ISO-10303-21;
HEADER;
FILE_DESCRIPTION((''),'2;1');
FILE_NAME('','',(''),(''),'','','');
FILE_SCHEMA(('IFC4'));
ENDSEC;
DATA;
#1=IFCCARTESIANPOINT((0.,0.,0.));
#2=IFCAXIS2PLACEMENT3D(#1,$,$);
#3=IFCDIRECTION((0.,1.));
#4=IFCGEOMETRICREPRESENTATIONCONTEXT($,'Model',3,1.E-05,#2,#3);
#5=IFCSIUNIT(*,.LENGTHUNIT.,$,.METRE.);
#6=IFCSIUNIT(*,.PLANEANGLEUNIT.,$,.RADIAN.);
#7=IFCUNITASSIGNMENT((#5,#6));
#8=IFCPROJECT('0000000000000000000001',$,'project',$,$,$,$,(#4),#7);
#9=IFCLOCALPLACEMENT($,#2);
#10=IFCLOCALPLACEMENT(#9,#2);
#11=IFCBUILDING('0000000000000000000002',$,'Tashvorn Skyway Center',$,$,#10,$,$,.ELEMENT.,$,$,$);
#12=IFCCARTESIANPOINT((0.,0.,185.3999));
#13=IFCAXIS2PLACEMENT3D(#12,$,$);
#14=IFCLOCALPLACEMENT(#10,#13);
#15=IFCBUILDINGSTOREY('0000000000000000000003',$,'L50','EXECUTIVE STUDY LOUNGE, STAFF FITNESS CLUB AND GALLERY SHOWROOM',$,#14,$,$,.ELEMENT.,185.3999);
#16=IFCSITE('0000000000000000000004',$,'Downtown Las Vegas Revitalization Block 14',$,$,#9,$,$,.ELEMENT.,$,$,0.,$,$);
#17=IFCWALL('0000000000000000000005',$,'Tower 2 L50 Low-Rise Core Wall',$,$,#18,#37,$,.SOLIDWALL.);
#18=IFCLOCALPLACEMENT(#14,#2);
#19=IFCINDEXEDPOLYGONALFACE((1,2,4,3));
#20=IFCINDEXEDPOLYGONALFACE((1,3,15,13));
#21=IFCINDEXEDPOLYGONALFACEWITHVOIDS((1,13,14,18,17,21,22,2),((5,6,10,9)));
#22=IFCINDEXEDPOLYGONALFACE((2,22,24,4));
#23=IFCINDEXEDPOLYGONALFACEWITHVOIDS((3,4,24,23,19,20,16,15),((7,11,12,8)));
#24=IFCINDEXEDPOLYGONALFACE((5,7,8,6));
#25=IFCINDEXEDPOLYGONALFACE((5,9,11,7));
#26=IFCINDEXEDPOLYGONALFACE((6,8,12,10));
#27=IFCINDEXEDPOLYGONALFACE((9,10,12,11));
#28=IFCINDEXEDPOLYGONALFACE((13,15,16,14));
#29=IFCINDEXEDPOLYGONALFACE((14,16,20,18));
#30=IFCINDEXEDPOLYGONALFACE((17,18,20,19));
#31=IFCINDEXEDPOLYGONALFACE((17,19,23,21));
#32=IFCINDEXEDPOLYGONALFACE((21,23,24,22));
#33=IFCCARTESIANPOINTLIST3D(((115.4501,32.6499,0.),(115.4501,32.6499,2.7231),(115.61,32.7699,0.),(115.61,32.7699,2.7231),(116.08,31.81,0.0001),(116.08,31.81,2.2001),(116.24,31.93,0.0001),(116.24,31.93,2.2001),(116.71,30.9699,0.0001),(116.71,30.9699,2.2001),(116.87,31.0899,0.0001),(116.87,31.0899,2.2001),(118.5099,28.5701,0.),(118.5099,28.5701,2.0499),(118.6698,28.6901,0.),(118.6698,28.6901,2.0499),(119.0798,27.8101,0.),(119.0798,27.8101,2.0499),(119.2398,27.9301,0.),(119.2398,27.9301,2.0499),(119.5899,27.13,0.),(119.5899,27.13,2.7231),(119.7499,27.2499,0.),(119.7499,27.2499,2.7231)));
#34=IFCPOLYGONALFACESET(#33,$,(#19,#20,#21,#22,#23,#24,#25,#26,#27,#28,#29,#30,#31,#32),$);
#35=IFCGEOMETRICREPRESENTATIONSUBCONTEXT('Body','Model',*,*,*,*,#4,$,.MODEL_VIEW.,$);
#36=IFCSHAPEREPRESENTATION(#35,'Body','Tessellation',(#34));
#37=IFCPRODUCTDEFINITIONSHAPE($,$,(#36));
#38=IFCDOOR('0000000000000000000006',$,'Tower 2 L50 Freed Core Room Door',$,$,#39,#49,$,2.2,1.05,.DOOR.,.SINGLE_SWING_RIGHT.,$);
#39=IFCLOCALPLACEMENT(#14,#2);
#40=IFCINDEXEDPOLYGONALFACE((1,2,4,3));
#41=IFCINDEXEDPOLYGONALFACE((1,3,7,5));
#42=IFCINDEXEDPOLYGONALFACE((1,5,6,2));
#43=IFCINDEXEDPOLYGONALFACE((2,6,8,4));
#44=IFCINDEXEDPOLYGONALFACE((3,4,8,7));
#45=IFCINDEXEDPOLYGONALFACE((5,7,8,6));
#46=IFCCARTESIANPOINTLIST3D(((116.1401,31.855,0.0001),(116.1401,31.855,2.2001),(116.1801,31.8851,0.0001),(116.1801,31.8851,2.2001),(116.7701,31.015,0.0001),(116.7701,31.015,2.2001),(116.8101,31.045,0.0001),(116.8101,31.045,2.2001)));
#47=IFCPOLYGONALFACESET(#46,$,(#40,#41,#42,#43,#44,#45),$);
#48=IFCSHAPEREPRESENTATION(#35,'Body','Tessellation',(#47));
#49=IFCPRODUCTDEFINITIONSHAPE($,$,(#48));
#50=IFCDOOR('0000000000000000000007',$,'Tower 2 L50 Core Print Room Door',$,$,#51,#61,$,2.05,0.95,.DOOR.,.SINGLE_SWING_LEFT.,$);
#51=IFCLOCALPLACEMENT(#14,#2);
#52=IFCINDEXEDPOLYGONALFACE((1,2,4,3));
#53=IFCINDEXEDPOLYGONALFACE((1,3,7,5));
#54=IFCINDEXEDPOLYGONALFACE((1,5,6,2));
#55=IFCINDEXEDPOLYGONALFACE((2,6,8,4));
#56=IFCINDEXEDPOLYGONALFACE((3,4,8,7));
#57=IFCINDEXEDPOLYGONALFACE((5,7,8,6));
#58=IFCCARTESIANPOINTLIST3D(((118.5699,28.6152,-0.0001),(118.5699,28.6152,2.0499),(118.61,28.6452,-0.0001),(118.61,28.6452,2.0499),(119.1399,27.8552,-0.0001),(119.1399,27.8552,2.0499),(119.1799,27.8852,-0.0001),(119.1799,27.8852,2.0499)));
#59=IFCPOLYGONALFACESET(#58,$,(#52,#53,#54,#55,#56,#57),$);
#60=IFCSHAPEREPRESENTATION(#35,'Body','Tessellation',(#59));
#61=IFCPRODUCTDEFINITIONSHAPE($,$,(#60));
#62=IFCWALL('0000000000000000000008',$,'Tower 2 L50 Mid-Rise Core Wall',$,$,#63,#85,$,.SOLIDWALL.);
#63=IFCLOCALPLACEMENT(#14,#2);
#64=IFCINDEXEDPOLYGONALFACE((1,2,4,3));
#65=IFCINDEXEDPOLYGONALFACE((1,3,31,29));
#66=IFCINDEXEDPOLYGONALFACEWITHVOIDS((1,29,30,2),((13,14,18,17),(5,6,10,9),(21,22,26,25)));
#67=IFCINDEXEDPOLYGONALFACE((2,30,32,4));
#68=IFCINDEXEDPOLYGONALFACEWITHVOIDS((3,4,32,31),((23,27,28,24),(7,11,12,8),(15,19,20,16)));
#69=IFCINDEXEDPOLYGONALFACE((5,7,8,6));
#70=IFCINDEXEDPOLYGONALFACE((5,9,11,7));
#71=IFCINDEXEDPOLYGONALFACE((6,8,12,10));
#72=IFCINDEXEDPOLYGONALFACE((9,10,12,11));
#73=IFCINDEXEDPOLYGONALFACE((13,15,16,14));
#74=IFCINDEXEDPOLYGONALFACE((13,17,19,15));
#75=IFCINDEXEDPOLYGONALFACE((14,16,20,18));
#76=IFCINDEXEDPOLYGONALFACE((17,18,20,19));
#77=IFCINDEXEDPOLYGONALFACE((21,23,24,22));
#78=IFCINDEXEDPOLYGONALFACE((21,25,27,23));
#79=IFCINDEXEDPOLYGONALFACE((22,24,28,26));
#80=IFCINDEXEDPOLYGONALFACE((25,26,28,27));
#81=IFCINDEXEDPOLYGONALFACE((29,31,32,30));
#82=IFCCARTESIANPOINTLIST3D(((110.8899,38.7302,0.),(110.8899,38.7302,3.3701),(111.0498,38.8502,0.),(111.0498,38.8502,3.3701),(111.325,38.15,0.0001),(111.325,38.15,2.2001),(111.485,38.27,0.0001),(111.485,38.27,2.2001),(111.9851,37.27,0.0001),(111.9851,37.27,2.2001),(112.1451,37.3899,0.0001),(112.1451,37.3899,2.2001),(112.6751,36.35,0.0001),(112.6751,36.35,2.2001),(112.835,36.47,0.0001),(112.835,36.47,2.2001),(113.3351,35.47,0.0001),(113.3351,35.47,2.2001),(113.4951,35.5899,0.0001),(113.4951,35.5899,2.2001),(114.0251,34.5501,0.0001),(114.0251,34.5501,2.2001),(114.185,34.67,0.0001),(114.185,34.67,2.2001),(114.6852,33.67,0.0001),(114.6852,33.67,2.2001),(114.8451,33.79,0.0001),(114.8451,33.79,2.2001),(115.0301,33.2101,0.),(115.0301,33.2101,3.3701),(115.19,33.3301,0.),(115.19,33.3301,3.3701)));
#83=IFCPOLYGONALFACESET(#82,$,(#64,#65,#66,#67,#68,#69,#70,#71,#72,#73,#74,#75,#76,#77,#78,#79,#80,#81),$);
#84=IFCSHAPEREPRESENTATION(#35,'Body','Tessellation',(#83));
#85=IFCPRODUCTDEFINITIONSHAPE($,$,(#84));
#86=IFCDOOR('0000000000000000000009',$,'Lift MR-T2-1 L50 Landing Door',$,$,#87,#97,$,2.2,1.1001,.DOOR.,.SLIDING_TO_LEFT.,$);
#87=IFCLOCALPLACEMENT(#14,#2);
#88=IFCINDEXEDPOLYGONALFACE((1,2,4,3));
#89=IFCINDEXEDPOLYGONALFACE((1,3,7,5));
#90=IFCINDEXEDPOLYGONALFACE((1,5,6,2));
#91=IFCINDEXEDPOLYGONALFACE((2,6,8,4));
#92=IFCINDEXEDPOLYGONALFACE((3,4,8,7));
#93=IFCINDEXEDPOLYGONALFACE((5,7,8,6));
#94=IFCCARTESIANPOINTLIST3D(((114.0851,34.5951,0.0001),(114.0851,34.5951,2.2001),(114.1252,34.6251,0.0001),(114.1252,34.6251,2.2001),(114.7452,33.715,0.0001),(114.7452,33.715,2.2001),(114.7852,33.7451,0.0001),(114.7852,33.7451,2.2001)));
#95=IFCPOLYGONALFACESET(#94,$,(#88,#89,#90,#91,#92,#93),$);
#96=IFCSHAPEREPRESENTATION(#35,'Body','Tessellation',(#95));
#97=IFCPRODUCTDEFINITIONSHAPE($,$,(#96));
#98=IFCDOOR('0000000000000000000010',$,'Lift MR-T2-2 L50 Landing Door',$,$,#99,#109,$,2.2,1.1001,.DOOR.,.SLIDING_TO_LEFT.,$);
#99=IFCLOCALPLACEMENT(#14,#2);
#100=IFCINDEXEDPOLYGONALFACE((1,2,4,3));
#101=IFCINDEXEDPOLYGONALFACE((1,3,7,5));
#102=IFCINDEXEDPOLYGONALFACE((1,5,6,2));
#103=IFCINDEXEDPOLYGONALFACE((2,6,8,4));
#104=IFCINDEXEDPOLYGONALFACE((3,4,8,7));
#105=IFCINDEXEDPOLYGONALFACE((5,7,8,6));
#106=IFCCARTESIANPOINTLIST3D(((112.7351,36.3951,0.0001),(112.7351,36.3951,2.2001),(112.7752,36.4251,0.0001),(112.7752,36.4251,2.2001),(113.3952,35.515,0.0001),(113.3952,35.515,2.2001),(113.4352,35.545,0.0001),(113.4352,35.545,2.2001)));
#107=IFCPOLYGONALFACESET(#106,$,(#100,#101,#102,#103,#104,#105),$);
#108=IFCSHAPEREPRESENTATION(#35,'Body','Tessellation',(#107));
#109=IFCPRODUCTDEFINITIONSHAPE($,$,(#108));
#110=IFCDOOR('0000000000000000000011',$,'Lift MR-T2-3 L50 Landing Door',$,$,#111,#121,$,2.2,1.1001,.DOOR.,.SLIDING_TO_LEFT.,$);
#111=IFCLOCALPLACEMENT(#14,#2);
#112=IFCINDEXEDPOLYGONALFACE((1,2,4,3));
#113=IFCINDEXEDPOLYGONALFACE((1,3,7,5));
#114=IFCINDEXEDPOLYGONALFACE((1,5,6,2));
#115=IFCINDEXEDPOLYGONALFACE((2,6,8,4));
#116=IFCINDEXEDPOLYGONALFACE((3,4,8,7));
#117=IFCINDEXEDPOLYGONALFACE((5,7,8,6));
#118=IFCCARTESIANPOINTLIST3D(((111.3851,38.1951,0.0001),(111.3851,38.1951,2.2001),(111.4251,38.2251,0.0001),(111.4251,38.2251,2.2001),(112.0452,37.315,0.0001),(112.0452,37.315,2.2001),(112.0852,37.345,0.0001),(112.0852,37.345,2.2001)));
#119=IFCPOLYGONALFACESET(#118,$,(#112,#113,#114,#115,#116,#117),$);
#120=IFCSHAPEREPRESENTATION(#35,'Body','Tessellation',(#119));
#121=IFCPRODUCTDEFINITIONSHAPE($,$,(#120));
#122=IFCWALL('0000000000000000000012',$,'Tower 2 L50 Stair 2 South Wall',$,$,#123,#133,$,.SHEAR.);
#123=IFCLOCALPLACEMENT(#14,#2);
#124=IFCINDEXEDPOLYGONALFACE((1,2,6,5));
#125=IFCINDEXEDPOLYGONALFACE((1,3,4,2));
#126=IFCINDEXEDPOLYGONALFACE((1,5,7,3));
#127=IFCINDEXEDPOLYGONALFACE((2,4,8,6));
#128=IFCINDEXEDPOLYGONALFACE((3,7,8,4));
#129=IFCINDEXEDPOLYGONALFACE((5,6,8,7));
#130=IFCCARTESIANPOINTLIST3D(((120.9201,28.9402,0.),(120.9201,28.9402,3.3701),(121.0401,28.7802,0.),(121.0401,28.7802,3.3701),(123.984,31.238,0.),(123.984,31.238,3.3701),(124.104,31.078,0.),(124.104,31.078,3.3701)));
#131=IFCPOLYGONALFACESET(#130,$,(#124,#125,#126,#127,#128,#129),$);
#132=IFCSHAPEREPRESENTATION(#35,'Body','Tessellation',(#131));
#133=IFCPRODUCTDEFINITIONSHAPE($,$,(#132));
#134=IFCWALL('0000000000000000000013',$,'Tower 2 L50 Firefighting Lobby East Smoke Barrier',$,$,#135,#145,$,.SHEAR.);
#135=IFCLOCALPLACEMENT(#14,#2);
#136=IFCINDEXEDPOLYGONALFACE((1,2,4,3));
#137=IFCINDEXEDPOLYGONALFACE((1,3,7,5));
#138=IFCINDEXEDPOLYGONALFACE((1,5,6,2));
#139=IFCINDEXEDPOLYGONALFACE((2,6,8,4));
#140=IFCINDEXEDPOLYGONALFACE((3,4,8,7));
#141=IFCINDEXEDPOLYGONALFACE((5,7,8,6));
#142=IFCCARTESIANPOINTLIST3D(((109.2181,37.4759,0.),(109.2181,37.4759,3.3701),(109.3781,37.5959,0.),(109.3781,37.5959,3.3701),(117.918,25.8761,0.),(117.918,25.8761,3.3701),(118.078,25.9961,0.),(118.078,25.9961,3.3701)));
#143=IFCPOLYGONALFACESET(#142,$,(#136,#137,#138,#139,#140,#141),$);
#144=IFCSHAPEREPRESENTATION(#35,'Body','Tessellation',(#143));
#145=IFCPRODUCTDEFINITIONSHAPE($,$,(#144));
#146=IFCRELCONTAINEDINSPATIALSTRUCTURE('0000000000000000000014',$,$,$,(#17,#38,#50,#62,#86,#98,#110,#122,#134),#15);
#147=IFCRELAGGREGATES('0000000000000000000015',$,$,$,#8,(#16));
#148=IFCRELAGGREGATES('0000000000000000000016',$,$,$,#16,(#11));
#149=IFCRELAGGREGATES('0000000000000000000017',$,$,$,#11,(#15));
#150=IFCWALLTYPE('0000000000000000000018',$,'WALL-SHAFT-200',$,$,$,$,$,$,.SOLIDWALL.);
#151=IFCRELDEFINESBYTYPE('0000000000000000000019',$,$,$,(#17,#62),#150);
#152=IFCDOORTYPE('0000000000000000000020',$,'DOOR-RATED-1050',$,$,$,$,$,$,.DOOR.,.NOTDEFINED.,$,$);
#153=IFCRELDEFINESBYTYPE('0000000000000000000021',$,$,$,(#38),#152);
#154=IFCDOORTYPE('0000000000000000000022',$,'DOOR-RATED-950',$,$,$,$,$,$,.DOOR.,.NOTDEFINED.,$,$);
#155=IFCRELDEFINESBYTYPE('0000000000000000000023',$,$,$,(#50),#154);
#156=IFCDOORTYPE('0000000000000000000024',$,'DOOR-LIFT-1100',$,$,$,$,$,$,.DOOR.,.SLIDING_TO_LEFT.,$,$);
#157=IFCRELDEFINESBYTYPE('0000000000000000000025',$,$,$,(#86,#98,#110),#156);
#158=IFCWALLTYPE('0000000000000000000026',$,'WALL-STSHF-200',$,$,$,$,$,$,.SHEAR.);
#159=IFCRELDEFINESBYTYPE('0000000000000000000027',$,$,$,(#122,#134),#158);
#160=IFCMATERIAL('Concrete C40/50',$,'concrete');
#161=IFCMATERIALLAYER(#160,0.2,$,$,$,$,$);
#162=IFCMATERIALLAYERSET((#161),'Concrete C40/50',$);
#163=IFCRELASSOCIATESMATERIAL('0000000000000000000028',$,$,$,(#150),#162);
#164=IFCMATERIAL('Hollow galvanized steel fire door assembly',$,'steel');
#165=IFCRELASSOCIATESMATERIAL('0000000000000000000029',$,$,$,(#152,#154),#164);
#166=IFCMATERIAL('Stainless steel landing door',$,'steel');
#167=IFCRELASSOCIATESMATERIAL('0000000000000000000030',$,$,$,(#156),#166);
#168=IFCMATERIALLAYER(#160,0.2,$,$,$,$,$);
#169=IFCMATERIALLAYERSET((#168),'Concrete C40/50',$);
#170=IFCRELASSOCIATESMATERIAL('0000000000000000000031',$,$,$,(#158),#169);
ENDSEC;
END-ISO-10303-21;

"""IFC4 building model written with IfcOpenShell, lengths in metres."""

from ifc_helpers import new_model, si_unit, direction, frame, frame_2d, origin, place, context, subcontext, project, spatial, rectangle, extrude, material, layer, layer_set, type_object, element, fill, save


model = new_model("IFC4")

# Units and contexts
model_context = context("Model", 3, precision=1e-05, world=origin(), true_north=direction((0.0, 1.0)))
body_context = subcontext(model_context, "Body", "Model", "MODEL_VIEW")
ifc_project = project(units=[si_unit("LENGTHUNIT", "METRE"), si_unit("PLANEANGLEUNIT", "RADIAN")], contexts=[model_context])

# Site, building, storey
site_placement = place(None, origin())
site = spatial("IfcSite", under=ifc_project, at=site_placement, Name="Downtown Las Vegas Revitalization Block 14", CompositionType="ELEMENT", RefElevation=0.0)
building_placement = place(site_placement, origin())
building = spatial("IfcBuilding", under=site, at=building_placement, Name="Tashvorn Skyway Center", CompositionType="ELEMENT")
storey_placement = place(building_placement, frame((0.0, 0.0, 185.3999)))
storey = spatial("IfcBuildingStorey", under=building, at=storey_placement, Name="L50", Description="EXECUTIVE STUDY LOUNGE, STAFF FITNESS CLUB AND GALLERY SHOWROOM", CompositionType="ELEMENT", Elevation=185.3999)

# Shared definitions
ifc_material_1 = material(Name="Hollow galvanized steel fire door assembly", Category="steel")

# Walls, openings, doors
ifc_material_2 = material(Name="Concrete C40/50", Category="concrete")
ifc_layer_1 = layer(ifc_material_2, 0.2)
ifc_layer_set_1 = layer_set([ifc_layer_1], Name="Concrete C40/50")
wall_type_1 = type_object("IfcWallType", Name="WALL-SHAFT-200", PredefinedType="SOLIDWALL", material=ifc_layer_set_1)
wall_1_placement = place(storey_placement, frame((119.6699, 27.1899, 0.0), z_axis=(0.0, 0.0, 1.0), x_axis=(-0.599989, 0.800008, 0.0)))
wall_1 = element("IfcWall", 1, at=wall_1_placement, inside=storey, type_object=wall_type_1, Name="Tower 2 L50 Low-Rise Core Wall", PredefinedType="SOLIDWALL", context=body_context, shape_type="SweptSolid", body=[
    extrude(rectangle(XDim=6.8999, YDim=0.2, at=frame_2d((3.45, 0.0))), origin(), (0.0, 0.0, 1.0), 2.7231),
])
opening_1_placement = place(wall_1_placement, frame((0.8501, 0.0, 0.0)))
opening_1 = element("IfcOpeningElement", 2, at=opening_1_placement, cuts=wall_1, PredefinedType="OPENING", context=body_context, shape_type="SweptSolid", body=[
    extrude(rectangle(XDim=0.95, YDim=2.05, at=frame_2d((0.4751, 1.0249))), frame((0.0, 0.1099, 0.0), z_axis=(0.0, -1.0, 0.0), x_axis=(1.0, 0.0, 0.0)), (0.0, 0.0, 1.0), 0.22),
])
opening_2_placement = place(wall_1_placement, frame((4.8, 0.0, 0.0)))
opening_2 = element("IfcOpeningElement", 3, at=opening_2_placement, cuts=wall_1, PredefinedType="OPENING", context=body_context, shape_type="SweptSolid", body=[
    extrude(rectangle(XDim=1.05, YDim=2.2, at=frame_2d((0.5249, 1.1001))), frame((0.0, 0.1099, 0.0), z_axis=(0.0, -1.0, 0.0), x_axis=(1.0, 0.0, 0.0)), (0.0, 0.0, 1.0), 0.22),
])
door_type_1 = type_object("IfcDoorType", Name="DOOR-RATED-1050", OperationType="NOTDEFINED", PredefinedType="DOOR", material=ifc_material_1)
door_1_placement = place(opening_2_placement, origin())
door_1 = element("IfcDoor", 4, at=door_1_placement, inside=storey, type_object=door_type_1, Name="Tower 2 L50 Freed Core Room Door", OperationType="SINGLE_SWING_RIGHT", OverallHeight=2.2, OverallWidth=1.05, PredefinedType="DOOR", context=body_context, shape_type="SweptSolid", body=[
    extrude(rectangle(XDim=1.05, YDim=2.2, at=frame_2d((0.5249, 1.1001))), frame((0.0, 0.0249, 0.0), z_axis=(0.0, -1.0, 0.0), x_axis=(1.0, 0.0, 0.0)), (0.0, 0.0, 1.0), 0.05),
])
fill(opening_2, door_1)
door_type_2 = type_object("IfcDoorType", Name="DOOR-RATED-950", OperationType="NOTDEFINED", PredefinedType="DOOR", material=ifc_material_1)
door_2_placement = place(opening_1_placement, origin())
door_2 = element("IfcDoor", 5, at=door_2_placement, inside=storey, type_object=door_type_2, Name="Tower 2 L50 Core Print Room Door", OperationType="SINGLE_SWING_LEFT", OverallHeight=2.05, OverallWidth=0.95, PredefinedType="DOOR", context=body_context, shape_type="SweptSolid", body=[
    extrude(rectangle(XDim=0.95, YDim=2.05, at=frame_2d((0.4751, 1.0249))), frame((0.0, 0.0249, 0.0), z_axis=(0.0, -1.0, 0.0), x_axis=(1.0, 0.0, 0.0)), (0.0, 0.0, 1.0), 0.05),
])
fill(opening_1, door_2)
wall_2_placement = place(storey_placement, frame((115.1101, 33.27, 0.0), z_axis=(0.0, 0.0, 1.0), x_axis=(-0.600011, 0.799992, 0.0)))
wall_2 = element("IfcWall", 6, at=wall_2_placement, inside=storey, type_object=wall_type_1, Name="Tower 2 L50 Mid-Rise Core Wall", PredefinedType="SOLIDWALL", context=body_context, shape_type="SweptSolid", body=[
    extrude(rectangle(XDim=6.9001, YDim=0.2, at=frame_2d((3.4502, 0.0))), origin(), (0.0, 0.0, 1.0), 3.3701),
])
opening_3_placement = place(wall_2_placement, frame((0.575, 0.0, 0.0)))
opening_3 = element("IfcOpeningElement", 7, at=opening_3_placement, cuts=wall_2, PredefinedType="OPENING", context=body_context, shape_type="SweptSolid", body=[
    extrude(rectangle(XDim=1.1001, YDim=2.2, at=frame_2d((0.55, 1.1001))), frame((0.0, 0.1099, 0.0), z_axis=(0.0, -1.0, 0.0), x_axis=(1.0, 0.0, 0.0)), (0.0, 0.0, 1.0), 0.22),
])
opening_4_placement = place(wall_2_placement, frame((2.825, 0.0, 0.0)))
opening_4 = element("IfcOpeningElement", 8, at=opening_4_placement, cuts=wall_2, PredefinedType="OPENING", context=body_context, shape_type="SweptSolid", body=[
    extrude(rectangle(XDim=1.1001, YDim=2.2, at=frame_2d((0.55, 1.1001))), frame((0.0, 0.1099, 0.0), z_axis=(0.0, -1.0, 0.0), x_axis=(1.0, 0.0, 0.0)), (0.0, 0.0, 1.0), 0.22),
])
opening_5_placement = place(wall_2_placement, frame((5.075, 0.0, 0.0)))
opening_5 = element("IfcOpeningElement", 9, at=opening_5_placement, cuts=wall_2, PredefinedType="OPENING", context=body_context, shape_type="SweptSolid", body=[
    extrude(rectangle(XDim=1.1001, YDim=2.2, at=frame_2d((0.55, 1.1001))), frame((0.0, 0.1099, 0.0), z_axis=(0.0, -1.0, 0.0), x_axis=(1.0, 0.0, 0.0)), (0.0, 0.0, 1.0), 0.22),
])
ifc_material_3 = material(Name="Stainless steel landing door", Category="steel")
door_type_3 = type_object("IfcDoorType", Name="DOOR-LIFT-1100", OperationType="SLIDING_TO_LEFT", PredefinedType="DOOR", material=ifc_material_3)
door_3_placement = place(opening_3_placement, origin())
door_3 = element("IfcDoor", 10, at=door_3_placement, inside=storey, type_object=door_type_3, Name="Lift MR-T2-1 L50 Landing Door", OperationType="SLIDING_TO_LEFT", OverallHeight=2.2, OverallWidth=1.1001, PredefinedType="DOOR", context=body_context, shape_type="SweptSolid", body=[
    extrude(rectangle(XDim=1.1001, YDim=2.2, at=frame_2d((0.55, 1.1001))), frame((0.0, 0.0249, 0.0), z_axis=(0.0, -1.0, 0.0), x_axis=(1.0, 0.0, 0.0)), (0.0, 0.0, 1.0), 0.05),
])
fill(opening_3, door_3)
door_4_placement = place(opening_4_placement, origin())
door_4 = element("IfcDoor", 11, at=door_4_placement, inside=storey, type_object=door_type_3, Name="Lift MR-T2-2 L50 Landing Door", OperationType="SLIDING_TO_LEFT", OverallHeight=2.2, OverallWidth=1.1001, PredefinedType="DOOR", context=body_context, shape_type="SweptSolid", body=[
    extrude(rectangle(XDim=1.1001, YDim=2.2, at=frame_2d((0.55, 1.1001))), frame((0.0, 0.0249, 0.0), z_axis=(0.0, -1.0, 0.0), x_axis=(1.0, 0.0, 0.0)), (0.0, 0.0, 1.0), 0.05),
])
fill(opening_4, door_4)
door_5_placement = place(opening_5_placement, origin())
door_5 = element("IfcDoor", 12, at=door_5_placement, inside=storey, type_object=door_type_3, Name="Lift MR-T2-3 L50 Landing Door", OperationType="SLIDING_TO_LEFT", OverallHeight=2.2, OverallWidth=1.1001, PredefinedType="DOOR", context=body_context, shape_type="SweptSolid", body=[
    extrude(rectangle(XDim=1.1001, YDim=2.2, at=frame_2d((0.55, 1.1001))), frame((0.0, 0.0249, 0.0), z_axis=(0.0, -1.0, 0.0), x_axis=(1.0, 0.0, 0.0)), (0.0, 0.0, 1.0), 0.05),
])
fill(opening_5, door_5)

# Walls
ifc_layer_2 = layer(ifc_material_2, 0.2)
ifc_layer_set_2 = layer_set([ifc_layer_2], Name="Concrete C40/50")
wall_type_2 = type_object("IfcWallType", Name="WALL-STSHF-200", PredefinedType="SHEAR", material=ifc_layer_set_2)
wall_3_placement = place(storey_placement, frame((120.98, 28.8601, 0.0), z_axis=(0.0, 0.0, 1.0), x_axis=(0.800015, 0.59998, 0.0)))
element("IfcWall", 13, at=wall_3_placement, inside=storey, type_object=wall_type_2, Name="Tower 2 L50 Stair 2 South Wall", PredefinedType="SHEAR", context=body_context, shape_type="SweptSolid", body=[
    extrude(rectangle(XDim=3.8298, YDim=0.2, at=frame_2d((1.915, 0.0))), origin(), (0.0, 0.0, 1.0), 3.3701),
])
wall_4_placement = place(storey_placement, frame((117.998, 25.936, 0.0), z_axis=(0.0, 0.0, 1.0), x_axis=(-0.600003, 0.799998, 0.0)))
element("IfcWall", 14, at=wall_4_placement, inside=storey, type_object=wall_type_2, Name="Tower 2 L50 Firefighting Lobby East Smoke Barrier", PredefinedType="SHEAR", context=body_context, shape_type="SweptSolid", body=[
    extrude(rectangle(XDim=14.4998, YDim=0.2, at=frame_2d((7.25, 0.0))), origin(), (0.0, 0.0, 1.0), 3.3701),
])

save(model, "model.ifc")
